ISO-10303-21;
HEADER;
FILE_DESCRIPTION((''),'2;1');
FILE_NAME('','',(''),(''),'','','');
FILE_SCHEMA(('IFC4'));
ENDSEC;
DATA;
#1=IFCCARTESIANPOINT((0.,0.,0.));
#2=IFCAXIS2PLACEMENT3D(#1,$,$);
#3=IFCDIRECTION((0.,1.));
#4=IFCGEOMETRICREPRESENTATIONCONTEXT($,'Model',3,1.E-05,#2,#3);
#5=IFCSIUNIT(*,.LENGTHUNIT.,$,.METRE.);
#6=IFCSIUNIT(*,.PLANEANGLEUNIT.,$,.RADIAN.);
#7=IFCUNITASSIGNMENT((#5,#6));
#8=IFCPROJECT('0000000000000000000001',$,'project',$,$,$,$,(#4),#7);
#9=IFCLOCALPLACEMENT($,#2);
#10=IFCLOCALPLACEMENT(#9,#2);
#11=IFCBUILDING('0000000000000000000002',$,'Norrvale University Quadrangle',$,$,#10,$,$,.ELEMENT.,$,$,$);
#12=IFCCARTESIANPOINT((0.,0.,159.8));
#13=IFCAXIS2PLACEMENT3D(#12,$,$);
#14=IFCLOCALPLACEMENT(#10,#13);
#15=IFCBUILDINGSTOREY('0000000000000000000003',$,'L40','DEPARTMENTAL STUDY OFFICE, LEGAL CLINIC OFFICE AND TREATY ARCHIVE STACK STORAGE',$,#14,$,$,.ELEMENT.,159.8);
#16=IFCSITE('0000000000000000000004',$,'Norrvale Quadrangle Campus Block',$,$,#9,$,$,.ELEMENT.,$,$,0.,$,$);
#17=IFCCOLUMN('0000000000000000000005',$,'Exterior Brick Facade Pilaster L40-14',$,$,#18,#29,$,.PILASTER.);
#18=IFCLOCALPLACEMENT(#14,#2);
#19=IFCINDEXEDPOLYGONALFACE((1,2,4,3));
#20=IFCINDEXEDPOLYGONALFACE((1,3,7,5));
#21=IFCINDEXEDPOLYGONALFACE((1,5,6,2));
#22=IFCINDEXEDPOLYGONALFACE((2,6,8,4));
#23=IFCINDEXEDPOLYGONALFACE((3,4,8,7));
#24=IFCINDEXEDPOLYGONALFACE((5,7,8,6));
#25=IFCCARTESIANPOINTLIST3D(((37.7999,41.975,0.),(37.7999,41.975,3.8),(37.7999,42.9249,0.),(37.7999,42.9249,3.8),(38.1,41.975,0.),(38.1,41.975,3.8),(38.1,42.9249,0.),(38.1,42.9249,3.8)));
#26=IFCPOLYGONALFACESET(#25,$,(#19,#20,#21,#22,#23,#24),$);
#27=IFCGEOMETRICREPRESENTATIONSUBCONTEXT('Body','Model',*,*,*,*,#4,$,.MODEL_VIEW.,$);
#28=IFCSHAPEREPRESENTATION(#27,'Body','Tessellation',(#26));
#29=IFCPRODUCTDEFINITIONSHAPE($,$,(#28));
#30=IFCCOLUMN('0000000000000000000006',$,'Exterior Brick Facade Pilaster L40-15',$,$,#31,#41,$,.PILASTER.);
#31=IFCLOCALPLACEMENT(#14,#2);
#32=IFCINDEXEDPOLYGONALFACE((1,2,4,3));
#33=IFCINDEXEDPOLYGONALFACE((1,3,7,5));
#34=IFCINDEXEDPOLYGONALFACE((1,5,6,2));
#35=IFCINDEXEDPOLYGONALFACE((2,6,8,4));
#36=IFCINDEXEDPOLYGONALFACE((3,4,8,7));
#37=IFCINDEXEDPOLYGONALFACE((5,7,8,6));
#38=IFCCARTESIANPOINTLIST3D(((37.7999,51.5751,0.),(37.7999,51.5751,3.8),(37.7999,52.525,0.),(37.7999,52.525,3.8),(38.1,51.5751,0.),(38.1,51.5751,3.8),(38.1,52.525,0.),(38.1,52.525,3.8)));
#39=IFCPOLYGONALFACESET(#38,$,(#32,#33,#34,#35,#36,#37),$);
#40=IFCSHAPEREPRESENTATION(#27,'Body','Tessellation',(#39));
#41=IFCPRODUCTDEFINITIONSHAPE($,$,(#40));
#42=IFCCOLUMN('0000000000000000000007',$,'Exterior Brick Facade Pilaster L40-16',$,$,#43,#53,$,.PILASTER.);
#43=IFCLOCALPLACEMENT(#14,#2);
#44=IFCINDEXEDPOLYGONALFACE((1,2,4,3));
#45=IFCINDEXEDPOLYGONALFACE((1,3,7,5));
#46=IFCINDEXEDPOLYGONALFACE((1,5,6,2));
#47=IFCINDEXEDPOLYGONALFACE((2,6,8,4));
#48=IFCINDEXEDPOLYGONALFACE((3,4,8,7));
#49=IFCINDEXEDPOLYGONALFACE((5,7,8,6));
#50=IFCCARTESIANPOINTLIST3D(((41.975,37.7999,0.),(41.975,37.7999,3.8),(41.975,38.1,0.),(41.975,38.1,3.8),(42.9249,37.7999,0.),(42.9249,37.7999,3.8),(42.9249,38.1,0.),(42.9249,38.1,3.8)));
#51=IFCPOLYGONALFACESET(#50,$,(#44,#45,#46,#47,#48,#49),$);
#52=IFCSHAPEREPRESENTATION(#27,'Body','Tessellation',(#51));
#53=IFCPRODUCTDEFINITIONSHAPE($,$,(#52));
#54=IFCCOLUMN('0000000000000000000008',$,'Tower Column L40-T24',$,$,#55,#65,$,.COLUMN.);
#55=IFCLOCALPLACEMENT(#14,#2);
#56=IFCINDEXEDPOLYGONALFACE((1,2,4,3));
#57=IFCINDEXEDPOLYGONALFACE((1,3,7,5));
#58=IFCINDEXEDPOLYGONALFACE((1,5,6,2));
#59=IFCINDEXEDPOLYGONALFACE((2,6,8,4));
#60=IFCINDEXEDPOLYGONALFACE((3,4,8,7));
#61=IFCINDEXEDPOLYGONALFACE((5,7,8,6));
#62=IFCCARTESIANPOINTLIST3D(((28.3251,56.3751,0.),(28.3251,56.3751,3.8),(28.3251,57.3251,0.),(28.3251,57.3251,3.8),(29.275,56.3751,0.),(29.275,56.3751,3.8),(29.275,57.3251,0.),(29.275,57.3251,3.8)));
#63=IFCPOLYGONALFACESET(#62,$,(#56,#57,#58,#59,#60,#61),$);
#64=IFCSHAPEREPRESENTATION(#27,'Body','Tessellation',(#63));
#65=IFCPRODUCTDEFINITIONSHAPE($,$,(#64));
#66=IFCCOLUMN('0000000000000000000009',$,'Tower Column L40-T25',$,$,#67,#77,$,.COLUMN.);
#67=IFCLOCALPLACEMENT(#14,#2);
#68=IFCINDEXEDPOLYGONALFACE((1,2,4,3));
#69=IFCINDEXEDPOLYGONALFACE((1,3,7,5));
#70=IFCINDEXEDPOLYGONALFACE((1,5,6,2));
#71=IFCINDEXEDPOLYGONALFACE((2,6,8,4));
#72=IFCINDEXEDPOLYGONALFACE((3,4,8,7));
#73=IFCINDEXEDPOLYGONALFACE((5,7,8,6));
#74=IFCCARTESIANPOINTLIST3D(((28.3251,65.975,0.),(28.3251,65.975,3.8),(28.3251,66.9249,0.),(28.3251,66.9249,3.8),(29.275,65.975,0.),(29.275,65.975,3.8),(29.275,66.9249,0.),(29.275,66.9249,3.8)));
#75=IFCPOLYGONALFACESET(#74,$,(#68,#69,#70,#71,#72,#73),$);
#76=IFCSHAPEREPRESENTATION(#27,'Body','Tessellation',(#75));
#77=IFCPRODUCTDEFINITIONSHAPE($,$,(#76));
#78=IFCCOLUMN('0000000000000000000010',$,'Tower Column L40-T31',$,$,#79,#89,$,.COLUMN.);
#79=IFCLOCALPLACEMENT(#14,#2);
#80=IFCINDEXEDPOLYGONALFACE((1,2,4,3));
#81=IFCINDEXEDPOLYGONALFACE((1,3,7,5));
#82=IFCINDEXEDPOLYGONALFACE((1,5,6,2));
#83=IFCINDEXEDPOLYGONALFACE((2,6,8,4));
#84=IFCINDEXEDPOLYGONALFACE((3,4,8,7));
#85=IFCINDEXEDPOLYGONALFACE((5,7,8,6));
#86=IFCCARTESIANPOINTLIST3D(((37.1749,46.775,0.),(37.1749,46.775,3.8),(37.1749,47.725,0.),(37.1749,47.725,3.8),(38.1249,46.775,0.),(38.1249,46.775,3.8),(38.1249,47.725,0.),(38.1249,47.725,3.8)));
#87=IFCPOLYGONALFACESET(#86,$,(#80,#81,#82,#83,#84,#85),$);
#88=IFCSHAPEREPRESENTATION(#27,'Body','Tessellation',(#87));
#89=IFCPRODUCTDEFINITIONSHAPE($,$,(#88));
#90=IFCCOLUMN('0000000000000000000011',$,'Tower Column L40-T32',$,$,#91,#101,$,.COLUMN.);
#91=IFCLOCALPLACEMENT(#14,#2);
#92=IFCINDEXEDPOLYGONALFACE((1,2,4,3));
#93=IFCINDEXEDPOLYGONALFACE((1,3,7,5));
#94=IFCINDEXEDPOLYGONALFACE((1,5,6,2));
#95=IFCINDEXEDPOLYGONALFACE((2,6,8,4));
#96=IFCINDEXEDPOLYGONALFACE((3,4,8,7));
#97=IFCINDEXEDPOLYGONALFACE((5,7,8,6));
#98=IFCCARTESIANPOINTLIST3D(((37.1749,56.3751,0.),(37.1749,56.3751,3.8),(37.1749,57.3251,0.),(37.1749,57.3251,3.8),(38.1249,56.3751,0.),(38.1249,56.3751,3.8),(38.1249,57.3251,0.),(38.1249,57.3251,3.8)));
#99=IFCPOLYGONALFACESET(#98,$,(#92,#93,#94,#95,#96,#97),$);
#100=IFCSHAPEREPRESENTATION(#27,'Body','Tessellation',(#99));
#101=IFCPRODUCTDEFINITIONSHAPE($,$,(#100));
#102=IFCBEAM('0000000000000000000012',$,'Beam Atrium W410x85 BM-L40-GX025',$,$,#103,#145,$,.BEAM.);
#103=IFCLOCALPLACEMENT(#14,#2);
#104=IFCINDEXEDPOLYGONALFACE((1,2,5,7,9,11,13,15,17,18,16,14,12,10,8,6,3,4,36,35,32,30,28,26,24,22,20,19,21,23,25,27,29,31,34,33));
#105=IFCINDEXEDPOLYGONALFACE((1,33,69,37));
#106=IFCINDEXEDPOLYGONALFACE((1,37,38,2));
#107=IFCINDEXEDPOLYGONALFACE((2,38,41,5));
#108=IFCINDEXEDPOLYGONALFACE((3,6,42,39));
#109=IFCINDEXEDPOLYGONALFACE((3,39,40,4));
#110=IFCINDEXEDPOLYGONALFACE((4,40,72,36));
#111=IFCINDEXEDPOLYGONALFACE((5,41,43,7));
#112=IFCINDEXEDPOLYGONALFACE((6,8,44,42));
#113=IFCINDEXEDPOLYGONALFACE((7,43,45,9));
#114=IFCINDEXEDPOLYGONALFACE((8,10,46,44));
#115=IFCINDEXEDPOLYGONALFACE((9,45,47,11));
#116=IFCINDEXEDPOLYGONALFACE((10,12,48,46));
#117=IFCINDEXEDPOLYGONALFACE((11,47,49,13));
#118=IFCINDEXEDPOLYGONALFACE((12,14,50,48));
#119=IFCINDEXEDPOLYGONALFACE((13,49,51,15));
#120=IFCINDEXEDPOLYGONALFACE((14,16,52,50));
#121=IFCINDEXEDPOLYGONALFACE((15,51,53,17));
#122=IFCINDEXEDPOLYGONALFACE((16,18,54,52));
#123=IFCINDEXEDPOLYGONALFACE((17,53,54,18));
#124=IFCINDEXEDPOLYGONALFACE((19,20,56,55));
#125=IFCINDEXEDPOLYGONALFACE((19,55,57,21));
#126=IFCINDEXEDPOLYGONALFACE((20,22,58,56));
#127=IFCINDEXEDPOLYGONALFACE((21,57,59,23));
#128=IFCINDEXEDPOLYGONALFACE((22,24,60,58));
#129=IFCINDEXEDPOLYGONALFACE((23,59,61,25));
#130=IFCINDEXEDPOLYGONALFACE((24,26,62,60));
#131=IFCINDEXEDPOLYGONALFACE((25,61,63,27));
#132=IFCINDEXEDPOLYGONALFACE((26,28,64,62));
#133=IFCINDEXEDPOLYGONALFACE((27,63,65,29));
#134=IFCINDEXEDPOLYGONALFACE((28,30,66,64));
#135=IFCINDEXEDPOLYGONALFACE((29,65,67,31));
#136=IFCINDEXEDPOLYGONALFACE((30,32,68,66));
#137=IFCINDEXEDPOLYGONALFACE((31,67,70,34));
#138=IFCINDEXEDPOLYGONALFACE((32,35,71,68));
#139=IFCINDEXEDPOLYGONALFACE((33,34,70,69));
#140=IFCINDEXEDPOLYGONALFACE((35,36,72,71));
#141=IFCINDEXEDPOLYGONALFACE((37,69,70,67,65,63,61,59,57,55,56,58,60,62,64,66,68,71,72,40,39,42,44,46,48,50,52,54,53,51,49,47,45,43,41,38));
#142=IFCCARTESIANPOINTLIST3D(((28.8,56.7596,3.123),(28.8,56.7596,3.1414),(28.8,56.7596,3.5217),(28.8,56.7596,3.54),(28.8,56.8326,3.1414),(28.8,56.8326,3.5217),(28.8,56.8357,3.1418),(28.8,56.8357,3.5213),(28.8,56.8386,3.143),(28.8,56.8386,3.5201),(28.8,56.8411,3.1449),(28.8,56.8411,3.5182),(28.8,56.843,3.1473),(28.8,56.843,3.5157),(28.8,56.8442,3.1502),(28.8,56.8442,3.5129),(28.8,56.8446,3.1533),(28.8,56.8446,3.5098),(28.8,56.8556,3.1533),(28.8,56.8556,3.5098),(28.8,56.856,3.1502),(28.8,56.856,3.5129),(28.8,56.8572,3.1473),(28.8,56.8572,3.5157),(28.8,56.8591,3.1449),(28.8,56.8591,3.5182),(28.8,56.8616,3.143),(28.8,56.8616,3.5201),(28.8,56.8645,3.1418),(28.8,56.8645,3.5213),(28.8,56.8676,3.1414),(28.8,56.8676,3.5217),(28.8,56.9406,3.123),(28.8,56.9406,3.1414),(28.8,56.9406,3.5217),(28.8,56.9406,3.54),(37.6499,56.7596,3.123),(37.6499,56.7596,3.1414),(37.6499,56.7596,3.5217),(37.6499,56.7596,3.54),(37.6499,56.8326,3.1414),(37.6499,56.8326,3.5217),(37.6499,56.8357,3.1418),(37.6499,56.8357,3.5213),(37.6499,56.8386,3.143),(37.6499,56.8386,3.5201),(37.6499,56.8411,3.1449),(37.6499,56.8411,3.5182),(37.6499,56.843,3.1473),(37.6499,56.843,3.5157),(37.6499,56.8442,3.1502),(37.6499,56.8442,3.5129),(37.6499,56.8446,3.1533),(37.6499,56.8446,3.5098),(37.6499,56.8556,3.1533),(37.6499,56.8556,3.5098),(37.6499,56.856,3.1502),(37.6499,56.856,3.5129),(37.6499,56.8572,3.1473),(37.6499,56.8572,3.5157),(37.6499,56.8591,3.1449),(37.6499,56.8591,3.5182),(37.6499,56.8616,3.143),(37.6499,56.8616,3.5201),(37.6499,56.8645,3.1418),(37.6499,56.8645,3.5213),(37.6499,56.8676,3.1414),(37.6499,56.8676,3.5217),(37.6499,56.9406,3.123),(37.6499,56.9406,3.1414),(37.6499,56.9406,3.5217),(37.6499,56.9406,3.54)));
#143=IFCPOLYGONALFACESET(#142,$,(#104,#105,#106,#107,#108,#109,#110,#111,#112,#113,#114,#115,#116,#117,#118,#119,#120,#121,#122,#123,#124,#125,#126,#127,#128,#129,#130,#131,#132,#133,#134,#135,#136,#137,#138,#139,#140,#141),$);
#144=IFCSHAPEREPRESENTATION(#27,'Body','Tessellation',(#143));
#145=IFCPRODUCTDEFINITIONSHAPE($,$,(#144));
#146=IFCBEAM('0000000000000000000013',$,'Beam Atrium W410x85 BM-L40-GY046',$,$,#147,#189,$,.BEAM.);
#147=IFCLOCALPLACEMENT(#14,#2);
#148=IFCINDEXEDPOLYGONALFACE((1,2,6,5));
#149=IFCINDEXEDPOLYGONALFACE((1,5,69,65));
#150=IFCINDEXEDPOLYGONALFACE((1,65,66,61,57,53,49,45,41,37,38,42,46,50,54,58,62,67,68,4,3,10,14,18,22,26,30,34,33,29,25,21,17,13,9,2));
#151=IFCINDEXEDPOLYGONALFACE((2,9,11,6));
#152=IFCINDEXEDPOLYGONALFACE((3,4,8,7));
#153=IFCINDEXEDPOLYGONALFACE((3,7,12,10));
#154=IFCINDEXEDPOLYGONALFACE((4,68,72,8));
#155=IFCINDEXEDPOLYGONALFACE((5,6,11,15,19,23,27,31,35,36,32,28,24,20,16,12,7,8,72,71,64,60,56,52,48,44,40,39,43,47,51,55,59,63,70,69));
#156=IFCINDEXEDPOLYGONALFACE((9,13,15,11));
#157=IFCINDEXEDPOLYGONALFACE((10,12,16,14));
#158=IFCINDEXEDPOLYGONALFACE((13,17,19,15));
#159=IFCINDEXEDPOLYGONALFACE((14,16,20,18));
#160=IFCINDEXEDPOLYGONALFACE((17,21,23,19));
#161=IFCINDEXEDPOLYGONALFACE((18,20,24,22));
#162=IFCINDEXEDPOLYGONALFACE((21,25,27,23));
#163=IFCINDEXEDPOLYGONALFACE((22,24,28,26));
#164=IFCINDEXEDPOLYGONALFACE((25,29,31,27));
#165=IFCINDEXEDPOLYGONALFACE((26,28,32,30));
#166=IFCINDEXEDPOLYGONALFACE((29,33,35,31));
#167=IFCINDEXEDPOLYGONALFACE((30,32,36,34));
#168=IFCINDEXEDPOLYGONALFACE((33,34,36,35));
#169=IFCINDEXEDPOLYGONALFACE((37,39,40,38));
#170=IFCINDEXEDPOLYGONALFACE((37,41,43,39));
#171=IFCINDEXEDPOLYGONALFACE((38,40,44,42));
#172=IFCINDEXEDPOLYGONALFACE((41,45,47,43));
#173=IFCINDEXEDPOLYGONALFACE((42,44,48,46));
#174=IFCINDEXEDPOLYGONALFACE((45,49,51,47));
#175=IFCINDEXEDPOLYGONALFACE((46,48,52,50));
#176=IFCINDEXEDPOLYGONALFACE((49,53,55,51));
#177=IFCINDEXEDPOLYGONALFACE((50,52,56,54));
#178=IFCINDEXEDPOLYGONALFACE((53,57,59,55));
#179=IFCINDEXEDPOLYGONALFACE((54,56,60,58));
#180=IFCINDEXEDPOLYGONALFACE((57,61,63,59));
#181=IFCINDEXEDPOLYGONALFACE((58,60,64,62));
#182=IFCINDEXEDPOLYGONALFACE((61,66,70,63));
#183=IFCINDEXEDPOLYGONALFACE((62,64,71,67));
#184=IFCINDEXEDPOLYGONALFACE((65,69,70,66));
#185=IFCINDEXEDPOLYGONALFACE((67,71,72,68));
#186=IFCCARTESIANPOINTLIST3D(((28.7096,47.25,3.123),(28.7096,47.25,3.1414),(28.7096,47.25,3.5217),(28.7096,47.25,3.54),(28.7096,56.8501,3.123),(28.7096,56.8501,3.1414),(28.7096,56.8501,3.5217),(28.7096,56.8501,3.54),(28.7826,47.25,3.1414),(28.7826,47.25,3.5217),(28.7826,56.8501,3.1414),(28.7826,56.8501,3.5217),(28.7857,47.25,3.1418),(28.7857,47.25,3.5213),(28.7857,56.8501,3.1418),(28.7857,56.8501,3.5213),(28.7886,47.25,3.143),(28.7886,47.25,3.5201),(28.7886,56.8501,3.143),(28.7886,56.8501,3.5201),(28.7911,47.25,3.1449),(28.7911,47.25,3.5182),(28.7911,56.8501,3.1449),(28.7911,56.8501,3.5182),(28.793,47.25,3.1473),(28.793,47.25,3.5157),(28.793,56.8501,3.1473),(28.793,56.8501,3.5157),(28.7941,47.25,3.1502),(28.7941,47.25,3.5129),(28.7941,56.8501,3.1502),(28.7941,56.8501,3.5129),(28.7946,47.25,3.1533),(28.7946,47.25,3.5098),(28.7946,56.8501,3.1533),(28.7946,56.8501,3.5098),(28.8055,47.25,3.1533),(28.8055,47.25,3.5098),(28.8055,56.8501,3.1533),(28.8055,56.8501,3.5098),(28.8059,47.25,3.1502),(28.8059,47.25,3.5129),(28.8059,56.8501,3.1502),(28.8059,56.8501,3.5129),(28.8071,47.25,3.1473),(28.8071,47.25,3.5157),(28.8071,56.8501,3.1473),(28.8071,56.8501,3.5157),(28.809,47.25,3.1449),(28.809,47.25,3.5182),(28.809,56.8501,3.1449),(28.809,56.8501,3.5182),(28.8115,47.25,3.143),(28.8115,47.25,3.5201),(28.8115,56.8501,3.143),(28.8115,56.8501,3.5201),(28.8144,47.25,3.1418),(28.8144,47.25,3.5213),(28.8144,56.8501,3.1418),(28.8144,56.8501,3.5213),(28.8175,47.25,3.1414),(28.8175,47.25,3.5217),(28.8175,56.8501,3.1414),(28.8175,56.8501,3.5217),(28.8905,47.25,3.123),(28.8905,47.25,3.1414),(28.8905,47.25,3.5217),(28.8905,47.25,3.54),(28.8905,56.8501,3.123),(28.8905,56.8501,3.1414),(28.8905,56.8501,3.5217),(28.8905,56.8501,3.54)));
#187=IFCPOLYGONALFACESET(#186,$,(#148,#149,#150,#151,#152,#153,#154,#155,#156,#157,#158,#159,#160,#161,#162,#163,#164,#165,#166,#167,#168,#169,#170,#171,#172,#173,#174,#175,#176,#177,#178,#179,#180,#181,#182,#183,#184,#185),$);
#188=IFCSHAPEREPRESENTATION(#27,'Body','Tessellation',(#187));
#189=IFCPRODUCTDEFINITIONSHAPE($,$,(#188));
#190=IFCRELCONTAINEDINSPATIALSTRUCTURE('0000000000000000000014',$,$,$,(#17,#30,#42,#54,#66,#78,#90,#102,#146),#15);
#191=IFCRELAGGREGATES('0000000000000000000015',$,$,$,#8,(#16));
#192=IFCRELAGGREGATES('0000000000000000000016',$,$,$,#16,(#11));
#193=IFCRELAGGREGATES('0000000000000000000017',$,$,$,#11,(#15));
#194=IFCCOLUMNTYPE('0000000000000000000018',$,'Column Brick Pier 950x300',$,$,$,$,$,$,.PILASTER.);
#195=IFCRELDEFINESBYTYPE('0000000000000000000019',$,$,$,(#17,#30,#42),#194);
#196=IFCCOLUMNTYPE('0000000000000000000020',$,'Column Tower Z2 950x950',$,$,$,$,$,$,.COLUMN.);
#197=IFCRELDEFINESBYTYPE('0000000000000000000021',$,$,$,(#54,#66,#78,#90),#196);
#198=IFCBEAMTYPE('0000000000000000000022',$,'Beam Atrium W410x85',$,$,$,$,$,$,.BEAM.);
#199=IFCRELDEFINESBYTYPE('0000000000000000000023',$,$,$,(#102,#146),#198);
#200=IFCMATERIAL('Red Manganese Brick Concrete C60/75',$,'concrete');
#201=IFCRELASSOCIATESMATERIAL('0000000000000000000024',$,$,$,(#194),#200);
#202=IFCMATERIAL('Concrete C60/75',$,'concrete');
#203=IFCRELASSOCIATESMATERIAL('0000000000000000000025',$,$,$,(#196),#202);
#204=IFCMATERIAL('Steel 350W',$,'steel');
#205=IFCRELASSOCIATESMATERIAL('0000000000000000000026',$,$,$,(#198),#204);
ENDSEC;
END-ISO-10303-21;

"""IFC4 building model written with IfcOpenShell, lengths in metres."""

from ifc_helpers import new_model, si_unit, direction, frame, origin, origin_2d, place, context, subcontext, project, spatial, rectangle, i_section, extrude, material, material_profile, profile_set, type_object, element, save


model = new_model("IFC4")

# Units and contexts
model_context = context("Model", 3, precision=1e-05, world=origin(), true_north=direction((0.0, 1.0)))
body_context = subcontext(model_context, "Body", "Model", "MODEL_VIEW")
ifc_project = project(units=[si_unit("LENGTHUNIT", "METRE"), si_unit("PLANEANGLEUNIT", "RADIAN")], contexts=[model_context])

# Site, building, storey
site_placement = place(None, origin())
site = spatial("IfcSite", under=ifc_project, at=site_placement, Name="Norrvale Quadrangle Campus Block", CompositionType="ELEMENT", RefElevation=0.0)
building_placement = place(site_placement, origin())
building = spatial("IfcBuilding", under=site, at=building_placement, Name="Norrvale University Quadrangle", CompositionType="ELEMENT")
storey_placement = place(building_placement, frame((0.0, 0.0, 159.8)))
storey = spatial("IfcBuildingStorey", under=building, at=storey_placement, Name="L40", Description="DEPARTMENTAL STUDY OFFICE, LEGAL CLINIC OFFICE AND TREATY ARCHIVE STACK STORAGE", CompositionType="ELEMENT", Elevation=159.8)

# Columns
ifc_material_1 = material(Name="Red Manganese Brick Concrete C60/75", Category="concrete")
ifc_material_profile_1 = material_profile(ifc_material_1, rectangle(XDim=0.95, YDim=0.3, at=origin_2d()), Name="Red Manganese Brick Concrete C60/75")
ifc_profile_set_1 = profile_set([ifc_material_profile_1], Name="Red Manganese Brick Concrete C60/75")
column_type_1 = type_object("IfcColumnType", Name="Column Brick Pier 950x300", PredefinedType="PILASTER", material=ifc_profile_set_1)
for number, where, z_axis, x_axis, name in (
    (1, (37.95, 42.45, 0.0), (0.0, 0.0, 1.0), (0.0, 1.0, 0.0), "Exterior Brick Facade Pilaster L40-14"),
    (2, (37.95, 52.05, 0.0), (0.0, 0.0, 1.0), (0.0, 1.0, 0.0), "Exterior Brick Facade Pilaster L40-15"),
    (3, (42.45, 37.95, 0.0), (0.0, 0.0, 1.0), (1.0, 0.0, 0.0), "Exterior Brick Facade Pilaster L40-16"),
):
    element("IfcColumn", number, at=place(storey_placement, frame(where, z_axis=z_axis, x_axis=x_axis)), inside=storey, type_object=column_type_1, Name=name, PredefinedType="PILASTER", context=body_context, shape_type="SweptSolid", body=[
        extrude(rectangle(XDim=0.95, YDim=0.3, at=origin_2d()), origin(), (0.0, 0.0, 1.0), 3.8),
    ])
ifc_material_2 = material(Name="Concrete C60/75", Category="concrete")
ifc_material_profile_2 = material_profile(ifc_material_2, rectangle(XDim=0.95, YDim=0.95, at=origin_2d()), Name="Concrete C60/75")
ifc_profile_set_2 = profile_set([ifc_material_profile_2], Name="Concrete C60/75")
column_type_2 = type_object("IfcColumnType", Name="Column Tower Z2 950x950", PredefinedType="COLUMN", material=ifc_profile_set_2)
for number, where, z_axis, x_axis, name in (
    (4, (28.8, 56.8501, 0.0), (0.0, 0.0, 1.0), (1.0, 0.0, 0.0), "Tower Column L40-T24"),
    (5, (28.8, 66.45, 0.0), (0.0, 0.0, 1.0), (1.0, 0.0, 0.0), "Tower Column L40-T25"),
    (6, (37.6499, 47.25, 0.0), (0.0, 0.0, 1.0), (1.0, 0.0, 0.0), "Tower Column L40-T31"),
    (7, (37.6499, 56.8501, 0.0), (0.0, 0.0, 1.0), (1.0, 0.0, 0.0), "Tower Column L40-T32"),
):
    element("IfcColumn", number, at=place(storey_placement, frame(where, z_axis=z_axis, x_axis=x_axis)), inside=storey, type_object=column_type_2, Name=name, PredefinedType="COLUMN", context=body_context, shape_type="SweptSolid", body=[
        extrude(rectangle(XDim=0.95, YDim=0.95, at=origin_2d()), origin(), (0.0, 0.0, 1.0), 3.8),
    ])

# Beams
ifc_material_3 = material(Name="Steel 350W", Category="steel")
ifc_material_profile_3 = material_profile(ifc_material_3, i_section(OverallWidth=0.1809, OverallDepth=0.417, WebThickness=0.011, FlangeThickness=0.0183, FilletRadius=0.012, at=origin_2d()), Name="Steel 350W")
ifc_profile_set_3 = profile_set([ifc_material_profile_3], Name="Steel 350W")
beam_type_1 = type_object("IfcBeamType", Name="Beam Atrium W410x85", PredefinedType="BEAM", material=ifc_profile_set_3)
beam_1_placement = place(storey_placement, frame((28.8, 56.8501, 3.3315), z_axis=(1.0, 0.0, 0.0), x_axis=(0.0, 1.0, 0.0)))
element("IfcBeam", 8, at=beam_1_placement, inside=storey, type_object=beam_type_1, Name="Beam Atrium W410x85 BM-L40-GX025", PredefinedType="BEAM", context=body_context, shape_type="SweptSolid", body=[
    extrude(i_section(OverallWidth=0.1809, OverallDepth=0.417, WebThickness=0.011, FlangeThickness=0.0183, FilletRadius=0.012, at=origin_2d()), origin(), (0.0, 0.0, 1.0), 8.8499),
])
beam_2_placement = place(storey_placement, frame((28.8, 47.25, 3.3315), z_axis=(0.0, 1.0, 0.0), x_axis=(-1.0, 0.0, 0.0)))
element("IfcBeam", 9, at=beam_2_placement, inside=storey, type_object=beam_type_1, Name="Beam Atrium W410x85 BM-L40-GY046", PredefinedType="BEAM", context=body_context, shape_type="SweptSolid", body=[
    extrude(i_section(OverallWidth=0.1809, OverallDepth=0.417, WebThickness=0.011, FlangeThickness=0.0183, FilletRadius=0.012, at=origin_2d()), origin(), (0.0, 0.0, 1.0), 9.6001),
])

save(model, "model.ifc")
